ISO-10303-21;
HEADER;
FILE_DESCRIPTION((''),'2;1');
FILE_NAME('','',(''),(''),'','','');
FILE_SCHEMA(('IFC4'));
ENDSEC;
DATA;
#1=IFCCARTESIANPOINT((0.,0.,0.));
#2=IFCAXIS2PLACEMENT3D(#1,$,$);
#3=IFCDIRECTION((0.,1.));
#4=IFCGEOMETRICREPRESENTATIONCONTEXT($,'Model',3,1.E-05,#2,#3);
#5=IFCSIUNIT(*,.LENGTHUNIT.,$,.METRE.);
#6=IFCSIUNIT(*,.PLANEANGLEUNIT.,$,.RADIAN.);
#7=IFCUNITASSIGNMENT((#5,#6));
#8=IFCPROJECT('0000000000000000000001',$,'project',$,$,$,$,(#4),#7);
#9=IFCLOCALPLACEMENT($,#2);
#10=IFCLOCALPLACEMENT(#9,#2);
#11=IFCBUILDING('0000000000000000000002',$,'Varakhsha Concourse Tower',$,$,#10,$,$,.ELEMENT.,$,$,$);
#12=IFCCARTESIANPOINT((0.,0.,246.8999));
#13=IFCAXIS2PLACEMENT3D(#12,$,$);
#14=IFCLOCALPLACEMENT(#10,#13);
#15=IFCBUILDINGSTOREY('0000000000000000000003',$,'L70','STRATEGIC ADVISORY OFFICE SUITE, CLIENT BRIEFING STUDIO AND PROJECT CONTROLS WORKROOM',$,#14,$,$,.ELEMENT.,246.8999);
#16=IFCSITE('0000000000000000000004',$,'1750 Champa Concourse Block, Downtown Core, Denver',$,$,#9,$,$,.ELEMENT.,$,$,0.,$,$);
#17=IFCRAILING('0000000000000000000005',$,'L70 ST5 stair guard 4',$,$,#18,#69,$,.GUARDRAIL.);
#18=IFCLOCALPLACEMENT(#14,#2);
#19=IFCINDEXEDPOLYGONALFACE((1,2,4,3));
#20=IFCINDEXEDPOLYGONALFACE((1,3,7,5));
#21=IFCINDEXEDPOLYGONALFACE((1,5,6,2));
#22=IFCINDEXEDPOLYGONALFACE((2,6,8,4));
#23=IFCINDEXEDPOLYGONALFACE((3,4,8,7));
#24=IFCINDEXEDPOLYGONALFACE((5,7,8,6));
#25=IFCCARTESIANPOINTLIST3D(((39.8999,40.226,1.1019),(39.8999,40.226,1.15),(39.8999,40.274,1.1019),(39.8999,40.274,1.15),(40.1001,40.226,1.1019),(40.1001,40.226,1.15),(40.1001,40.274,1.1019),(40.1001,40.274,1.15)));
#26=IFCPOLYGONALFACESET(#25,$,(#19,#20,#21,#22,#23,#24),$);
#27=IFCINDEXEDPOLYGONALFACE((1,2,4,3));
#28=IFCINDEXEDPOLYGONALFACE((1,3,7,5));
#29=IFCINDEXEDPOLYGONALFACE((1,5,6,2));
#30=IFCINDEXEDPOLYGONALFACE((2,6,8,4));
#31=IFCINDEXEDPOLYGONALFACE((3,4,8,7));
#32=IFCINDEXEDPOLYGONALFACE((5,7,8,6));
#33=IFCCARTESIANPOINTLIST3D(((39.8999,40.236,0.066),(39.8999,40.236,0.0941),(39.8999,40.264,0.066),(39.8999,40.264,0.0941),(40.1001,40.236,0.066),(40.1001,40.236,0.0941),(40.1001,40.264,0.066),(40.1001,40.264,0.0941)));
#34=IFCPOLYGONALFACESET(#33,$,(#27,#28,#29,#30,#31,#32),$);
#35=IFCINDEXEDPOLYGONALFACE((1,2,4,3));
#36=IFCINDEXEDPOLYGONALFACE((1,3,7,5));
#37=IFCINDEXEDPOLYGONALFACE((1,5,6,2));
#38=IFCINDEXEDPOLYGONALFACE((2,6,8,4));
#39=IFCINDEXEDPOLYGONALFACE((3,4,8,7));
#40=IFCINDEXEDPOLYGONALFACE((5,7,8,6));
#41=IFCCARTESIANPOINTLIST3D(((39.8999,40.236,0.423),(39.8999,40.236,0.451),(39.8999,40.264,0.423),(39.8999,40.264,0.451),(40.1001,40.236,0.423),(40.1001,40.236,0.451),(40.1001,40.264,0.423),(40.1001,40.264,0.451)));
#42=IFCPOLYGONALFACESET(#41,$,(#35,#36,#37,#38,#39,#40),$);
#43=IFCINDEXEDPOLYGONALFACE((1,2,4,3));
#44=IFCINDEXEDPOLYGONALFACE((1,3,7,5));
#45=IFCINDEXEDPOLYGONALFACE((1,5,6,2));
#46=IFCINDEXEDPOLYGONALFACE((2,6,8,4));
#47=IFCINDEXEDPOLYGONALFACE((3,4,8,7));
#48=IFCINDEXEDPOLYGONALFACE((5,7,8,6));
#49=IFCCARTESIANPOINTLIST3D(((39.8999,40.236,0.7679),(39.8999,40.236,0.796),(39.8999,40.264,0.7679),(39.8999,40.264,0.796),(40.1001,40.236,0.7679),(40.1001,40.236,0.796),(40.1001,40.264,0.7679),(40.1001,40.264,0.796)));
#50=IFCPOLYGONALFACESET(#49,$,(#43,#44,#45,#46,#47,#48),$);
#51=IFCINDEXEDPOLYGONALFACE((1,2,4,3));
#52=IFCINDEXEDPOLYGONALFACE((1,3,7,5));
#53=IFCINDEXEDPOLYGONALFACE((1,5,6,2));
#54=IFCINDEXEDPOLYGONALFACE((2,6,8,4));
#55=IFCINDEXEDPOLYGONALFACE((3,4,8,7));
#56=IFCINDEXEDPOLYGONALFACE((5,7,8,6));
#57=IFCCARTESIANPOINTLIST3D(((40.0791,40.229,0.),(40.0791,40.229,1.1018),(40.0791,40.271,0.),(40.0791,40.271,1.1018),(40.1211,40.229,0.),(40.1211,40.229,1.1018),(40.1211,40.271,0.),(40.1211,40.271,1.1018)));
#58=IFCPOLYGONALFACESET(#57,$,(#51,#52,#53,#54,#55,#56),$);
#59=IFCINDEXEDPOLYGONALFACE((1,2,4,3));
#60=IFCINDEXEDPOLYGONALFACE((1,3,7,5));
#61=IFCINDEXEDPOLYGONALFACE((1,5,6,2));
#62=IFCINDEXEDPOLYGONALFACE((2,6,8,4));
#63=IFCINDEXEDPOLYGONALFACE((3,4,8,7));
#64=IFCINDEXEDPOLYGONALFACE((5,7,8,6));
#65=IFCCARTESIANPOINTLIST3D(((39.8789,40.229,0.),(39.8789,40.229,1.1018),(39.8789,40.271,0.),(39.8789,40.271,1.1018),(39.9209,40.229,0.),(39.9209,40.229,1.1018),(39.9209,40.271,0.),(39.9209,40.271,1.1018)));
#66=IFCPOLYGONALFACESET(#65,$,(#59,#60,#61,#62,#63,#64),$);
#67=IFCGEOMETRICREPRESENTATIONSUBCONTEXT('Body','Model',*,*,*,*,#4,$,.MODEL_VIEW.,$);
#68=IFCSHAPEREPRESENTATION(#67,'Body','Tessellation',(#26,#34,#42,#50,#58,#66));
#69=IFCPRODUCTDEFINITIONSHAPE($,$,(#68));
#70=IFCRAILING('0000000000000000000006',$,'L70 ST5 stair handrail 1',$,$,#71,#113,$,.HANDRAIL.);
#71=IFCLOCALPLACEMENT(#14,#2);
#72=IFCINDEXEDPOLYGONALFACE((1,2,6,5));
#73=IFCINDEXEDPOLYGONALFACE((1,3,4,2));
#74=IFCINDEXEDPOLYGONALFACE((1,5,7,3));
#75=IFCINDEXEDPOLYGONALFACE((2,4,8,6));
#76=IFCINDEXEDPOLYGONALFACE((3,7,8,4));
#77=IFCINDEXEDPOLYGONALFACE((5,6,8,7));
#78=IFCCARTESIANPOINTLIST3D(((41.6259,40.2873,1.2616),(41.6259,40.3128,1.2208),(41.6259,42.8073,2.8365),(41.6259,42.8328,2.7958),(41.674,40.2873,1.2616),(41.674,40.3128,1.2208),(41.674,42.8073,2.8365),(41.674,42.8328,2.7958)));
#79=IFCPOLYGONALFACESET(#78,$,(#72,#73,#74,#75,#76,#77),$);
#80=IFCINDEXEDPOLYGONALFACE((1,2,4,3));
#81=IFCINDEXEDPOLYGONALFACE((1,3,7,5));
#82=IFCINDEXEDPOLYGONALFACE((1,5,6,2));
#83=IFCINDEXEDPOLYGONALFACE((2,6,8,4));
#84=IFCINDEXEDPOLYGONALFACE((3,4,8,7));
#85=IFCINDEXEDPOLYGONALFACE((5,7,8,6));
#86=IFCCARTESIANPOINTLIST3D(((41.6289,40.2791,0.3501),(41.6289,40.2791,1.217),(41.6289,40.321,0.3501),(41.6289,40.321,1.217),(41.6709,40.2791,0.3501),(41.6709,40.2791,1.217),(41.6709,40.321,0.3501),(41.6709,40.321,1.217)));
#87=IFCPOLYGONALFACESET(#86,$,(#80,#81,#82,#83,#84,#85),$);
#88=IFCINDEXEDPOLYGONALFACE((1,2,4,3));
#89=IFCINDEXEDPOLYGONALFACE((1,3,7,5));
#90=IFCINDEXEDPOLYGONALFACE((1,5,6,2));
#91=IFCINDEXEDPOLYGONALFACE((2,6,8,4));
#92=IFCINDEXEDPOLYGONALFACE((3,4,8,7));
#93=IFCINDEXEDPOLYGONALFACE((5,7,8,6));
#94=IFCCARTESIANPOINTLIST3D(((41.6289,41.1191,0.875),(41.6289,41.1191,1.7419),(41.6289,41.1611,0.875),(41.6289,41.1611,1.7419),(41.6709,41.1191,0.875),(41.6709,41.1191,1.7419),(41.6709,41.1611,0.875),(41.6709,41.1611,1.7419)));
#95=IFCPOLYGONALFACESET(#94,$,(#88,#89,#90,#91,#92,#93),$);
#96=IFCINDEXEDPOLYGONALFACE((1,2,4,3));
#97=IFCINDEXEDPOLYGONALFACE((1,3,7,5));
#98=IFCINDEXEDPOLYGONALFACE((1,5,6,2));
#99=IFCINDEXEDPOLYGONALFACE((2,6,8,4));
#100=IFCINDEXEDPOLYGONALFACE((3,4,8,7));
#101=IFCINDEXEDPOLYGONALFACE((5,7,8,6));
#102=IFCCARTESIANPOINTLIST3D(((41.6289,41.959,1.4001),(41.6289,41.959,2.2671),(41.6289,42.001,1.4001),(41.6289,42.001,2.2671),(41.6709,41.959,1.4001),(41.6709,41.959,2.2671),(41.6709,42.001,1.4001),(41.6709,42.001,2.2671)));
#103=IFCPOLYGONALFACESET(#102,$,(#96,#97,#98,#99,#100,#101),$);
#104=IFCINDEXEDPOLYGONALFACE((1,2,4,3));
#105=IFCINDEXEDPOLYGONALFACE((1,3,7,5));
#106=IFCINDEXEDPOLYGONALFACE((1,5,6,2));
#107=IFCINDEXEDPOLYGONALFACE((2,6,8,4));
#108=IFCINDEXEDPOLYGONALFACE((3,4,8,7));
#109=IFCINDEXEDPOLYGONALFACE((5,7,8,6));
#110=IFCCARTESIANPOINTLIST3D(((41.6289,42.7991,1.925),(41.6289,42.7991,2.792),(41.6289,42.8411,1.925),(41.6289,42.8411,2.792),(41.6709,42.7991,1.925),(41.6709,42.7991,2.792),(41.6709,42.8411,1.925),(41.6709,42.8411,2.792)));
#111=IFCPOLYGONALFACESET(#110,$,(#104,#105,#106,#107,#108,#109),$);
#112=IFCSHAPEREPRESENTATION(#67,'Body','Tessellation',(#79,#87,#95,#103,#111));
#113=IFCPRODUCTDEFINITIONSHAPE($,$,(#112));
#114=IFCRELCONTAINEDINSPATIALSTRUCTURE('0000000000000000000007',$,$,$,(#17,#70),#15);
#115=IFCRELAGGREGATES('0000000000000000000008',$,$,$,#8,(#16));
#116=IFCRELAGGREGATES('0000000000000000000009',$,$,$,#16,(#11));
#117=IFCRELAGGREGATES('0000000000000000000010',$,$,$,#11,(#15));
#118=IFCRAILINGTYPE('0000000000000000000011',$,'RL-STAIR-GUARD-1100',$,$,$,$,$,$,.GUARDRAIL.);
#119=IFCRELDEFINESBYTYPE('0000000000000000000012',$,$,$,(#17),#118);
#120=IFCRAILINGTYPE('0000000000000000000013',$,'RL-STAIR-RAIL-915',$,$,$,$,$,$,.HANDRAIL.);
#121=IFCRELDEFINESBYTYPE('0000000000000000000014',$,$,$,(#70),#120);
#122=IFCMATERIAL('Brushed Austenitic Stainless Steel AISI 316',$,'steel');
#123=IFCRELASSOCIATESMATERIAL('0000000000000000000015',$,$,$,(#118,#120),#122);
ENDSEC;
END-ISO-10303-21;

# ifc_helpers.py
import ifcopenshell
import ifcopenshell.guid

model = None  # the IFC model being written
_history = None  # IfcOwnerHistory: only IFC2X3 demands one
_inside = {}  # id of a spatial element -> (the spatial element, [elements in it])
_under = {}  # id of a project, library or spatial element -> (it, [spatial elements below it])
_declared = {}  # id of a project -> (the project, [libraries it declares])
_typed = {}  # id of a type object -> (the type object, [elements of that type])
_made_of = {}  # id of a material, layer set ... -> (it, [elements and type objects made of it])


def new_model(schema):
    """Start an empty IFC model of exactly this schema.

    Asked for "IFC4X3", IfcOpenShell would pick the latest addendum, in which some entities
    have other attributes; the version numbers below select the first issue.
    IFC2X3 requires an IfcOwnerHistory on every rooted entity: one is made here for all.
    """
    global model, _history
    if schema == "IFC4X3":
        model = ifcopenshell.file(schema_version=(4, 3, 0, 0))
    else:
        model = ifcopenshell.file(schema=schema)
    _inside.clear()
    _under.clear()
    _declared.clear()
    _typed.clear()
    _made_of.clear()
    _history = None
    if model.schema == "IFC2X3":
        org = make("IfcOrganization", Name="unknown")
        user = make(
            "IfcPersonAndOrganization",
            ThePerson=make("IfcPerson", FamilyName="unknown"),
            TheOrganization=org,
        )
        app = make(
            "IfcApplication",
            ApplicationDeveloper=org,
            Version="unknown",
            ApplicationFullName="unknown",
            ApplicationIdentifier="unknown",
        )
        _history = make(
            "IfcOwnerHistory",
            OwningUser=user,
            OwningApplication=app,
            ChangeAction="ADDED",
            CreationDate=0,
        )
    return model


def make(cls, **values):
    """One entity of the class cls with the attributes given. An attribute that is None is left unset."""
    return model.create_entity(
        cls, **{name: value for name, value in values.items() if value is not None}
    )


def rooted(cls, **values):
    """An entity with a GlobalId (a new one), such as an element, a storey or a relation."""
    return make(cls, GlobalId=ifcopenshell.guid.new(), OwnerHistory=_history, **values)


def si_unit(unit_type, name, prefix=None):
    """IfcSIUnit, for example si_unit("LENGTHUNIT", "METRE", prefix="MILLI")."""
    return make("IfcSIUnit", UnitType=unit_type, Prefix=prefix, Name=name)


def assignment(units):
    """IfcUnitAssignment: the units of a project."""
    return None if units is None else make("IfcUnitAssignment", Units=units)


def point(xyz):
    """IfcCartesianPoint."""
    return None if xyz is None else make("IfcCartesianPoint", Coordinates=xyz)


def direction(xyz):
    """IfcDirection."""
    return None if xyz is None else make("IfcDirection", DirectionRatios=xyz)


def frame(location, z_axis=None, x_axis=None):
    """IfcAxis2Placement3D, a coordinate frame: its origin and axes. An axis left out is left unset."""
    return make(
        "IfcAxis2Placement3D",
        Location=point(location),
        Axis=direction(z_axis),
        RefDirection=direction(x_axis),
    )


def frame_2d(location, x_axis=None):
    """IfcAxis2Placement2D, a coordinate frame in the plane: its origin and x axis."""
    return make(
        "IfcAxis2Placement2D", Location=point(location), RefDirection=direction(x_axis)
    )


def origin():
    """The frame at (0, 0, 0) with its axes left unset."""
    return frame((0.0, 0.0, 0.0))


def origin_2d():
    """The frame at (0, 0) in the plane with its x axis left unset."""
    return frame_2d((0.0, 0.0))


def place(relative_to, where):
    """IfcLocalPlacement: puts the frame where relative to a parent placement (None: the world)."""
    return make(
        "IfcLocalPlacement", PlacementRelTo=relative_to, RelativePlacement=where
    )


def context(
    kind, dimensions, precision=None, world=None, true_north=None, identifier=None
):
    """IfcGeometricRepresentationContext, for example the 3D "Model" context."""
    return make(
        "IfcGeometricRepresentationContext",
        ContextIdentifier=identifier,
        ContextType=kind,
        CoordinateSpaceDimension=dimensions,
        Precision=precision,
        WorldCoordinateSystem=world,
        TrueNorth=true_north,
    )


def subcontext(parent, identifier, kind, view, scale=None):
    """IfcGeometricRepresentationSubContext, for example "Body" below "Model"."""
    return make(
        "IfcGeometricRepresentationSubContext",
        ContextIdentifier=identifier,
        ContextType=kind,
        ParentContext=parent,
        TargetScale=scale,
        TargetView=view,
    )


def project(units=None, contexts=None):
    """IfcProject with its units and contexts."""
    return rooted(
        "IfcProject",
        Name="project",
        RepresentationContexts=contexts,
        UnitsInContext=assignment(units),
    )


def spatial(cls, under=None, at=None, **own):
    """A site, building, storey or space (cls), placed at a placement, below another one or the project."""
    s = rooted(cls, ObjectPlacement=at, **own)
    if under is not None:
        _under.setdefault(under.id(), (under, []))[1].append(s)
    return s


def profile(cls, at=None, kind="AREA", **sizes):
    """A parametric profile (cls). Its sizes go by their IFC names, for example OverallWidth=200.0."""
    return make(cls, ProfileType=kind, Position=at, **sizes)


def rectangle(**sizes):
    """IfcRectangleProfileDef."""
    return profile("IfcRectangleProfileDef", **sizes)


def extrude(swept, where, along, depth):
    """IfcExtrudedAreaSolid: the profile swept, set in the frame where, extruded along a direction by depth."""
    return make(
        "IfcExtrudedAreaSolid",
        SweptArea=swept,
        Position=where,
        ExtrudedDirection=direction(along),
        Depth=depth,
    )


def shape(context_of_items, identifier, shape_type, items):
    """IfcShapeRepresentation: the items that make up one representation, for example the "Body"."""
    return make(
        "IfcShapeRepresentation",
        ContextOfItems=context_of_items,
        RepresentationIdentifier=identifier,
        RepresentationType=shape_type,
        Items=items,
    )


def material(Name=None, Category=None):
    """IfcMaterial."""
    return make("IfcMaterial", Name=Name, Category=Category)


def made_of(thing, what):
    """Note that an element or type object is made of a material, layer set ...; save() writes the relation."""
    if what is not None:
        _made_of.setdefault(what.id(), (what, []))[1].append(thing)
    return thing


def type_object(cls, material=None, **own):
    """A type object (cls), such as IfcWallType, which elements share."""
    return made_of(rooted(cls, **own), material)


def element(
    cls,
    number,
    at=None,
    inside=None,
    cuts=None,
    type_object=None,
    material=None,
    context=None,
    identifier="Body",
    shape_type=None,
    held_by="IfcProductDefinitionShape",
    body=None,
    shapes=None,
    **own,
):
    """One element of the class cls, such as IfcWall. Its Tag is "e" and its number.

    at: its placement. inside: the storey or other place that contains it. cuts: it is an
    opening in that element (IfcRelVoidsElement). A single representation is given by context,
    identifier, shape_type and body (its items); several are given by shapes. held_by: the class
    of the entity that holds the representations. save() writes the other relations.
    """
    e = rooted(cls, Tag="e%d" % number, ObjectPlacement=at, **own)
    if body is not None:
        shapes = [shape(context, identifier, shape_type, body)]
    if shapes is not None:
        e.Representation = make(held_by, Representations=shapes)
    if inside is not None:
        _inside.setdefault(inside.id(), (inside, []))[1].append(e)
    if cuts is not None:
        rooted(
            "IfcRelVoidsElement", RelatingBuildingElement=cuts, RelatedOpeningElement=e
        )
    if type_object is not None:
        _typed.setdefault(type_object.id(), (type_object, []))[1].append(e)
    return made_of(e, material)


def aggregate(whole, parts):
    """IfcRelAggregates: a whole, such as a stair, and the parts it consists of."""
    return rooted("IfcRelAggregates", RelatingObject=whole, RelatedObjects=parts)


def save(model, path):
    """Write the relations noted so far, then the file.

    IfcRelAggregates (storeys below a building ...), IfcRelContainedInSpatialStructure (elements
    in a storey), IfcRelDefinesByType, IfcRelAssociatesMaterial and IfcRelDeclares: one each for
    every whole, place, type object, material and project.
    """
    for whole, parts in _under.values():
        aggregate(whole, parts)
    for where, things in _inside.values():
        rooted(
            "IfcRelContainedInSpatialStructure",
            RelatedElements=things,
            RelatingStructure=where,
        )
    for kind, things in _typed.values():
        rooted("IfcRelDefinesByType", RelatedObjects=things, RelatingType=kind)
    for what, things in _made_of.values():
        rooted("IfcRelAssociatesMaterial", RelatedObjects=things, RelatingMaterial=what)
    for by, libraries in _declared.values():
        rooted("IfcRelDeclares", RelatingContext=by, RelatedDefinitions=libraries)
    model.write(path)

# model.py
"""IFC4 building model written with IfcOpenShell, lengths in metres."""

from ifc_helpers import new_model, si_unit, direction, frame, origin, origin_2d, place, context, subcontext, project, spatial, rectangle, extrude, material, type_object, element, save


model = new_model("IFC4")

# Units and contexts
model_context = context("Model", 3, precision=1e-05, world=origin(), true_north=direction((0.0, 1.0)))
body_context = subcontext(model_context, "Body", "Model", "MODEL_VIEW")
ifc_project = project(units=[si_unit("LENGTHUNIT", "METRE"), si_unit("PLANEANGLEUNIT", "RADIAN")], contexts=[model_context])

# Site, building, storey
site_placement = place(None, origin())
site = spatial("IfcSite", under=ifc_project, at=site_placement, Name="1750 Champa Concourse Block, Downtown Core, Denver", CompositionType="ELEMENT", RefElevation=0.0)
building_placement = place(site_placement, origin())
building = spatial("IfcBuilding", under=site, at=building_placement, Name="Varakhsha Concourse Tower", CompositionType="ELEMENT")
storey_placement = place(building_placement, frame((0.0, 0.0, 246.8999)))
storey = spatial("IfcBuildingStorey", under=building, at=storey_placement, Name="L70", Description="STRATEGIC ADVISORY OFFICE SUITE, CLIENT BRIEFING STUDIO AND PROJECT CONTROLS WORKROOM", CompositionType="ELEMENT", Elevation=246.8999)

# Railings
ifc_material_1 = material(Name="Brushed Austenitic Stainless Steel AISI 316", Category="steel")
railing_type_1 = type_object("IfcRailingType", Name="RL-STAIR-GUARD-1100", PredefinedType="GUARDRAIL", material=ifc_material_1)
railing_1_placement = place(storey_placement, frame((40.1001, 40.25, 0.0)))
element("IfcRailing", 1, at=railing_1_placement, inside=storey, type_object=railing_type_1, Name="L70 ST5 stair guard 4", PredefinedType="GUARDRAIL", context=body_context, shape_type="SweptSolid", body=[
    extrude(rectangle(XDim=0.0481, YDim=0.0481, at=origin_2d()), frame((0.0, 0.0, 1.126), z_axis=(-1.0, 0.0, 0.0), x_axis=(0.0, -1.0, 0.0)), (0.0, 0.0, 1.0), 0.2002),
    extrude(rectangle(XDim=0.0281, YDim=0.0281, at=origin_2d()), frame((0.0, 0.0, 0.0801), z_axis=(-1.0, 0.0, 0.0), x_axis=(0.0, -1.0, 0.0)), (0.0, 0.0, 1.0), 0.2002),
    extrude(rectangle(XDim=0.0281, YDim=0.0281, at=origin_2d()), frame((0.0, 0.0, 0.437), z_axis=(-1.0, 0.0, 0.0), x_axis=(0.0, -1.0, 0.0)), (0.0, 0.0, 1.0), 0.2002),
    extrude(rectangle(XDim=0.0281, YDim=0.0281, at=origin_2d()), frame((0.0, 0.0, 0.782), z_axis=(-1.0, 0.0, 0.0), x_axis=(0.0, -1.0, 0.0)), (0.0, 0.0, 1.0), 0.2002),
    extrude(rectangle(XDim=0.042, YDim=0.042, at=origin_2d()), origin(), (0.0, 0.0, 1.0), 1.1018),
    extrude(rectangle(XDim=0.042, YDim=0.042, at=origin_2d()), frame((-0.2002, 0.0, 0.0)), (0.0, 0.0, 1.0), 1.1018),
])
railing_type_2 = type_object("IfcRailingType", Name="RL-STAIR-RAIL-915", PredefinedType="HANDRAIL", material=ifc_material_1)
railing_2_placement = place(storey_placement, frame((41.6499, 40.3, 0.3501)))
element("IfcRailing", 2, at=railing_2_placement, inside=storey, type_object=railing_type_2, Name="L70 ST5 stair handrail 1", PredefinedType="HANDRAIL", context=body_context, shape_type="SweptSolid", body=[
    extrude(rectangle(XDim=0.0481, YDim=0.0481, at=origin_2d()), frame((0.0, 0.0, 0.8911), z_axis=(0.0, 0.848008, 0.529984), x_axis=(-1.0, 0.0, 0.0)), (0.0, 0.0, 1.0), 2.9717),
    extrude(rectangle(XDim=0.042, YDim=0.042, at=origin_2d()), origin(), (0.0, 0.0, 1.0), 0.8669),
    extrude(rectangle(XDim=0.042, YDim=0.042, at=origin_2d()), frame((0.0, 0.8401, 0.5249)), (0.0, 0.0, 1.0), 0.8669),
    extrude(rectangle(XDim=0.042, YDim=0.042, at=origin_2d()), frame((0.0, 1.6799, 1.05)), (0.0, 0.0, 1.0), 0.8669),
    extrude(rectangle(XDim=0.042, YDim=0.042, at=origin_2d()), frame((0.0, 2.52, 1.575)), (0.0, 0.0, 1.0), 0.8669),
])

save(model, "model.ifc")
